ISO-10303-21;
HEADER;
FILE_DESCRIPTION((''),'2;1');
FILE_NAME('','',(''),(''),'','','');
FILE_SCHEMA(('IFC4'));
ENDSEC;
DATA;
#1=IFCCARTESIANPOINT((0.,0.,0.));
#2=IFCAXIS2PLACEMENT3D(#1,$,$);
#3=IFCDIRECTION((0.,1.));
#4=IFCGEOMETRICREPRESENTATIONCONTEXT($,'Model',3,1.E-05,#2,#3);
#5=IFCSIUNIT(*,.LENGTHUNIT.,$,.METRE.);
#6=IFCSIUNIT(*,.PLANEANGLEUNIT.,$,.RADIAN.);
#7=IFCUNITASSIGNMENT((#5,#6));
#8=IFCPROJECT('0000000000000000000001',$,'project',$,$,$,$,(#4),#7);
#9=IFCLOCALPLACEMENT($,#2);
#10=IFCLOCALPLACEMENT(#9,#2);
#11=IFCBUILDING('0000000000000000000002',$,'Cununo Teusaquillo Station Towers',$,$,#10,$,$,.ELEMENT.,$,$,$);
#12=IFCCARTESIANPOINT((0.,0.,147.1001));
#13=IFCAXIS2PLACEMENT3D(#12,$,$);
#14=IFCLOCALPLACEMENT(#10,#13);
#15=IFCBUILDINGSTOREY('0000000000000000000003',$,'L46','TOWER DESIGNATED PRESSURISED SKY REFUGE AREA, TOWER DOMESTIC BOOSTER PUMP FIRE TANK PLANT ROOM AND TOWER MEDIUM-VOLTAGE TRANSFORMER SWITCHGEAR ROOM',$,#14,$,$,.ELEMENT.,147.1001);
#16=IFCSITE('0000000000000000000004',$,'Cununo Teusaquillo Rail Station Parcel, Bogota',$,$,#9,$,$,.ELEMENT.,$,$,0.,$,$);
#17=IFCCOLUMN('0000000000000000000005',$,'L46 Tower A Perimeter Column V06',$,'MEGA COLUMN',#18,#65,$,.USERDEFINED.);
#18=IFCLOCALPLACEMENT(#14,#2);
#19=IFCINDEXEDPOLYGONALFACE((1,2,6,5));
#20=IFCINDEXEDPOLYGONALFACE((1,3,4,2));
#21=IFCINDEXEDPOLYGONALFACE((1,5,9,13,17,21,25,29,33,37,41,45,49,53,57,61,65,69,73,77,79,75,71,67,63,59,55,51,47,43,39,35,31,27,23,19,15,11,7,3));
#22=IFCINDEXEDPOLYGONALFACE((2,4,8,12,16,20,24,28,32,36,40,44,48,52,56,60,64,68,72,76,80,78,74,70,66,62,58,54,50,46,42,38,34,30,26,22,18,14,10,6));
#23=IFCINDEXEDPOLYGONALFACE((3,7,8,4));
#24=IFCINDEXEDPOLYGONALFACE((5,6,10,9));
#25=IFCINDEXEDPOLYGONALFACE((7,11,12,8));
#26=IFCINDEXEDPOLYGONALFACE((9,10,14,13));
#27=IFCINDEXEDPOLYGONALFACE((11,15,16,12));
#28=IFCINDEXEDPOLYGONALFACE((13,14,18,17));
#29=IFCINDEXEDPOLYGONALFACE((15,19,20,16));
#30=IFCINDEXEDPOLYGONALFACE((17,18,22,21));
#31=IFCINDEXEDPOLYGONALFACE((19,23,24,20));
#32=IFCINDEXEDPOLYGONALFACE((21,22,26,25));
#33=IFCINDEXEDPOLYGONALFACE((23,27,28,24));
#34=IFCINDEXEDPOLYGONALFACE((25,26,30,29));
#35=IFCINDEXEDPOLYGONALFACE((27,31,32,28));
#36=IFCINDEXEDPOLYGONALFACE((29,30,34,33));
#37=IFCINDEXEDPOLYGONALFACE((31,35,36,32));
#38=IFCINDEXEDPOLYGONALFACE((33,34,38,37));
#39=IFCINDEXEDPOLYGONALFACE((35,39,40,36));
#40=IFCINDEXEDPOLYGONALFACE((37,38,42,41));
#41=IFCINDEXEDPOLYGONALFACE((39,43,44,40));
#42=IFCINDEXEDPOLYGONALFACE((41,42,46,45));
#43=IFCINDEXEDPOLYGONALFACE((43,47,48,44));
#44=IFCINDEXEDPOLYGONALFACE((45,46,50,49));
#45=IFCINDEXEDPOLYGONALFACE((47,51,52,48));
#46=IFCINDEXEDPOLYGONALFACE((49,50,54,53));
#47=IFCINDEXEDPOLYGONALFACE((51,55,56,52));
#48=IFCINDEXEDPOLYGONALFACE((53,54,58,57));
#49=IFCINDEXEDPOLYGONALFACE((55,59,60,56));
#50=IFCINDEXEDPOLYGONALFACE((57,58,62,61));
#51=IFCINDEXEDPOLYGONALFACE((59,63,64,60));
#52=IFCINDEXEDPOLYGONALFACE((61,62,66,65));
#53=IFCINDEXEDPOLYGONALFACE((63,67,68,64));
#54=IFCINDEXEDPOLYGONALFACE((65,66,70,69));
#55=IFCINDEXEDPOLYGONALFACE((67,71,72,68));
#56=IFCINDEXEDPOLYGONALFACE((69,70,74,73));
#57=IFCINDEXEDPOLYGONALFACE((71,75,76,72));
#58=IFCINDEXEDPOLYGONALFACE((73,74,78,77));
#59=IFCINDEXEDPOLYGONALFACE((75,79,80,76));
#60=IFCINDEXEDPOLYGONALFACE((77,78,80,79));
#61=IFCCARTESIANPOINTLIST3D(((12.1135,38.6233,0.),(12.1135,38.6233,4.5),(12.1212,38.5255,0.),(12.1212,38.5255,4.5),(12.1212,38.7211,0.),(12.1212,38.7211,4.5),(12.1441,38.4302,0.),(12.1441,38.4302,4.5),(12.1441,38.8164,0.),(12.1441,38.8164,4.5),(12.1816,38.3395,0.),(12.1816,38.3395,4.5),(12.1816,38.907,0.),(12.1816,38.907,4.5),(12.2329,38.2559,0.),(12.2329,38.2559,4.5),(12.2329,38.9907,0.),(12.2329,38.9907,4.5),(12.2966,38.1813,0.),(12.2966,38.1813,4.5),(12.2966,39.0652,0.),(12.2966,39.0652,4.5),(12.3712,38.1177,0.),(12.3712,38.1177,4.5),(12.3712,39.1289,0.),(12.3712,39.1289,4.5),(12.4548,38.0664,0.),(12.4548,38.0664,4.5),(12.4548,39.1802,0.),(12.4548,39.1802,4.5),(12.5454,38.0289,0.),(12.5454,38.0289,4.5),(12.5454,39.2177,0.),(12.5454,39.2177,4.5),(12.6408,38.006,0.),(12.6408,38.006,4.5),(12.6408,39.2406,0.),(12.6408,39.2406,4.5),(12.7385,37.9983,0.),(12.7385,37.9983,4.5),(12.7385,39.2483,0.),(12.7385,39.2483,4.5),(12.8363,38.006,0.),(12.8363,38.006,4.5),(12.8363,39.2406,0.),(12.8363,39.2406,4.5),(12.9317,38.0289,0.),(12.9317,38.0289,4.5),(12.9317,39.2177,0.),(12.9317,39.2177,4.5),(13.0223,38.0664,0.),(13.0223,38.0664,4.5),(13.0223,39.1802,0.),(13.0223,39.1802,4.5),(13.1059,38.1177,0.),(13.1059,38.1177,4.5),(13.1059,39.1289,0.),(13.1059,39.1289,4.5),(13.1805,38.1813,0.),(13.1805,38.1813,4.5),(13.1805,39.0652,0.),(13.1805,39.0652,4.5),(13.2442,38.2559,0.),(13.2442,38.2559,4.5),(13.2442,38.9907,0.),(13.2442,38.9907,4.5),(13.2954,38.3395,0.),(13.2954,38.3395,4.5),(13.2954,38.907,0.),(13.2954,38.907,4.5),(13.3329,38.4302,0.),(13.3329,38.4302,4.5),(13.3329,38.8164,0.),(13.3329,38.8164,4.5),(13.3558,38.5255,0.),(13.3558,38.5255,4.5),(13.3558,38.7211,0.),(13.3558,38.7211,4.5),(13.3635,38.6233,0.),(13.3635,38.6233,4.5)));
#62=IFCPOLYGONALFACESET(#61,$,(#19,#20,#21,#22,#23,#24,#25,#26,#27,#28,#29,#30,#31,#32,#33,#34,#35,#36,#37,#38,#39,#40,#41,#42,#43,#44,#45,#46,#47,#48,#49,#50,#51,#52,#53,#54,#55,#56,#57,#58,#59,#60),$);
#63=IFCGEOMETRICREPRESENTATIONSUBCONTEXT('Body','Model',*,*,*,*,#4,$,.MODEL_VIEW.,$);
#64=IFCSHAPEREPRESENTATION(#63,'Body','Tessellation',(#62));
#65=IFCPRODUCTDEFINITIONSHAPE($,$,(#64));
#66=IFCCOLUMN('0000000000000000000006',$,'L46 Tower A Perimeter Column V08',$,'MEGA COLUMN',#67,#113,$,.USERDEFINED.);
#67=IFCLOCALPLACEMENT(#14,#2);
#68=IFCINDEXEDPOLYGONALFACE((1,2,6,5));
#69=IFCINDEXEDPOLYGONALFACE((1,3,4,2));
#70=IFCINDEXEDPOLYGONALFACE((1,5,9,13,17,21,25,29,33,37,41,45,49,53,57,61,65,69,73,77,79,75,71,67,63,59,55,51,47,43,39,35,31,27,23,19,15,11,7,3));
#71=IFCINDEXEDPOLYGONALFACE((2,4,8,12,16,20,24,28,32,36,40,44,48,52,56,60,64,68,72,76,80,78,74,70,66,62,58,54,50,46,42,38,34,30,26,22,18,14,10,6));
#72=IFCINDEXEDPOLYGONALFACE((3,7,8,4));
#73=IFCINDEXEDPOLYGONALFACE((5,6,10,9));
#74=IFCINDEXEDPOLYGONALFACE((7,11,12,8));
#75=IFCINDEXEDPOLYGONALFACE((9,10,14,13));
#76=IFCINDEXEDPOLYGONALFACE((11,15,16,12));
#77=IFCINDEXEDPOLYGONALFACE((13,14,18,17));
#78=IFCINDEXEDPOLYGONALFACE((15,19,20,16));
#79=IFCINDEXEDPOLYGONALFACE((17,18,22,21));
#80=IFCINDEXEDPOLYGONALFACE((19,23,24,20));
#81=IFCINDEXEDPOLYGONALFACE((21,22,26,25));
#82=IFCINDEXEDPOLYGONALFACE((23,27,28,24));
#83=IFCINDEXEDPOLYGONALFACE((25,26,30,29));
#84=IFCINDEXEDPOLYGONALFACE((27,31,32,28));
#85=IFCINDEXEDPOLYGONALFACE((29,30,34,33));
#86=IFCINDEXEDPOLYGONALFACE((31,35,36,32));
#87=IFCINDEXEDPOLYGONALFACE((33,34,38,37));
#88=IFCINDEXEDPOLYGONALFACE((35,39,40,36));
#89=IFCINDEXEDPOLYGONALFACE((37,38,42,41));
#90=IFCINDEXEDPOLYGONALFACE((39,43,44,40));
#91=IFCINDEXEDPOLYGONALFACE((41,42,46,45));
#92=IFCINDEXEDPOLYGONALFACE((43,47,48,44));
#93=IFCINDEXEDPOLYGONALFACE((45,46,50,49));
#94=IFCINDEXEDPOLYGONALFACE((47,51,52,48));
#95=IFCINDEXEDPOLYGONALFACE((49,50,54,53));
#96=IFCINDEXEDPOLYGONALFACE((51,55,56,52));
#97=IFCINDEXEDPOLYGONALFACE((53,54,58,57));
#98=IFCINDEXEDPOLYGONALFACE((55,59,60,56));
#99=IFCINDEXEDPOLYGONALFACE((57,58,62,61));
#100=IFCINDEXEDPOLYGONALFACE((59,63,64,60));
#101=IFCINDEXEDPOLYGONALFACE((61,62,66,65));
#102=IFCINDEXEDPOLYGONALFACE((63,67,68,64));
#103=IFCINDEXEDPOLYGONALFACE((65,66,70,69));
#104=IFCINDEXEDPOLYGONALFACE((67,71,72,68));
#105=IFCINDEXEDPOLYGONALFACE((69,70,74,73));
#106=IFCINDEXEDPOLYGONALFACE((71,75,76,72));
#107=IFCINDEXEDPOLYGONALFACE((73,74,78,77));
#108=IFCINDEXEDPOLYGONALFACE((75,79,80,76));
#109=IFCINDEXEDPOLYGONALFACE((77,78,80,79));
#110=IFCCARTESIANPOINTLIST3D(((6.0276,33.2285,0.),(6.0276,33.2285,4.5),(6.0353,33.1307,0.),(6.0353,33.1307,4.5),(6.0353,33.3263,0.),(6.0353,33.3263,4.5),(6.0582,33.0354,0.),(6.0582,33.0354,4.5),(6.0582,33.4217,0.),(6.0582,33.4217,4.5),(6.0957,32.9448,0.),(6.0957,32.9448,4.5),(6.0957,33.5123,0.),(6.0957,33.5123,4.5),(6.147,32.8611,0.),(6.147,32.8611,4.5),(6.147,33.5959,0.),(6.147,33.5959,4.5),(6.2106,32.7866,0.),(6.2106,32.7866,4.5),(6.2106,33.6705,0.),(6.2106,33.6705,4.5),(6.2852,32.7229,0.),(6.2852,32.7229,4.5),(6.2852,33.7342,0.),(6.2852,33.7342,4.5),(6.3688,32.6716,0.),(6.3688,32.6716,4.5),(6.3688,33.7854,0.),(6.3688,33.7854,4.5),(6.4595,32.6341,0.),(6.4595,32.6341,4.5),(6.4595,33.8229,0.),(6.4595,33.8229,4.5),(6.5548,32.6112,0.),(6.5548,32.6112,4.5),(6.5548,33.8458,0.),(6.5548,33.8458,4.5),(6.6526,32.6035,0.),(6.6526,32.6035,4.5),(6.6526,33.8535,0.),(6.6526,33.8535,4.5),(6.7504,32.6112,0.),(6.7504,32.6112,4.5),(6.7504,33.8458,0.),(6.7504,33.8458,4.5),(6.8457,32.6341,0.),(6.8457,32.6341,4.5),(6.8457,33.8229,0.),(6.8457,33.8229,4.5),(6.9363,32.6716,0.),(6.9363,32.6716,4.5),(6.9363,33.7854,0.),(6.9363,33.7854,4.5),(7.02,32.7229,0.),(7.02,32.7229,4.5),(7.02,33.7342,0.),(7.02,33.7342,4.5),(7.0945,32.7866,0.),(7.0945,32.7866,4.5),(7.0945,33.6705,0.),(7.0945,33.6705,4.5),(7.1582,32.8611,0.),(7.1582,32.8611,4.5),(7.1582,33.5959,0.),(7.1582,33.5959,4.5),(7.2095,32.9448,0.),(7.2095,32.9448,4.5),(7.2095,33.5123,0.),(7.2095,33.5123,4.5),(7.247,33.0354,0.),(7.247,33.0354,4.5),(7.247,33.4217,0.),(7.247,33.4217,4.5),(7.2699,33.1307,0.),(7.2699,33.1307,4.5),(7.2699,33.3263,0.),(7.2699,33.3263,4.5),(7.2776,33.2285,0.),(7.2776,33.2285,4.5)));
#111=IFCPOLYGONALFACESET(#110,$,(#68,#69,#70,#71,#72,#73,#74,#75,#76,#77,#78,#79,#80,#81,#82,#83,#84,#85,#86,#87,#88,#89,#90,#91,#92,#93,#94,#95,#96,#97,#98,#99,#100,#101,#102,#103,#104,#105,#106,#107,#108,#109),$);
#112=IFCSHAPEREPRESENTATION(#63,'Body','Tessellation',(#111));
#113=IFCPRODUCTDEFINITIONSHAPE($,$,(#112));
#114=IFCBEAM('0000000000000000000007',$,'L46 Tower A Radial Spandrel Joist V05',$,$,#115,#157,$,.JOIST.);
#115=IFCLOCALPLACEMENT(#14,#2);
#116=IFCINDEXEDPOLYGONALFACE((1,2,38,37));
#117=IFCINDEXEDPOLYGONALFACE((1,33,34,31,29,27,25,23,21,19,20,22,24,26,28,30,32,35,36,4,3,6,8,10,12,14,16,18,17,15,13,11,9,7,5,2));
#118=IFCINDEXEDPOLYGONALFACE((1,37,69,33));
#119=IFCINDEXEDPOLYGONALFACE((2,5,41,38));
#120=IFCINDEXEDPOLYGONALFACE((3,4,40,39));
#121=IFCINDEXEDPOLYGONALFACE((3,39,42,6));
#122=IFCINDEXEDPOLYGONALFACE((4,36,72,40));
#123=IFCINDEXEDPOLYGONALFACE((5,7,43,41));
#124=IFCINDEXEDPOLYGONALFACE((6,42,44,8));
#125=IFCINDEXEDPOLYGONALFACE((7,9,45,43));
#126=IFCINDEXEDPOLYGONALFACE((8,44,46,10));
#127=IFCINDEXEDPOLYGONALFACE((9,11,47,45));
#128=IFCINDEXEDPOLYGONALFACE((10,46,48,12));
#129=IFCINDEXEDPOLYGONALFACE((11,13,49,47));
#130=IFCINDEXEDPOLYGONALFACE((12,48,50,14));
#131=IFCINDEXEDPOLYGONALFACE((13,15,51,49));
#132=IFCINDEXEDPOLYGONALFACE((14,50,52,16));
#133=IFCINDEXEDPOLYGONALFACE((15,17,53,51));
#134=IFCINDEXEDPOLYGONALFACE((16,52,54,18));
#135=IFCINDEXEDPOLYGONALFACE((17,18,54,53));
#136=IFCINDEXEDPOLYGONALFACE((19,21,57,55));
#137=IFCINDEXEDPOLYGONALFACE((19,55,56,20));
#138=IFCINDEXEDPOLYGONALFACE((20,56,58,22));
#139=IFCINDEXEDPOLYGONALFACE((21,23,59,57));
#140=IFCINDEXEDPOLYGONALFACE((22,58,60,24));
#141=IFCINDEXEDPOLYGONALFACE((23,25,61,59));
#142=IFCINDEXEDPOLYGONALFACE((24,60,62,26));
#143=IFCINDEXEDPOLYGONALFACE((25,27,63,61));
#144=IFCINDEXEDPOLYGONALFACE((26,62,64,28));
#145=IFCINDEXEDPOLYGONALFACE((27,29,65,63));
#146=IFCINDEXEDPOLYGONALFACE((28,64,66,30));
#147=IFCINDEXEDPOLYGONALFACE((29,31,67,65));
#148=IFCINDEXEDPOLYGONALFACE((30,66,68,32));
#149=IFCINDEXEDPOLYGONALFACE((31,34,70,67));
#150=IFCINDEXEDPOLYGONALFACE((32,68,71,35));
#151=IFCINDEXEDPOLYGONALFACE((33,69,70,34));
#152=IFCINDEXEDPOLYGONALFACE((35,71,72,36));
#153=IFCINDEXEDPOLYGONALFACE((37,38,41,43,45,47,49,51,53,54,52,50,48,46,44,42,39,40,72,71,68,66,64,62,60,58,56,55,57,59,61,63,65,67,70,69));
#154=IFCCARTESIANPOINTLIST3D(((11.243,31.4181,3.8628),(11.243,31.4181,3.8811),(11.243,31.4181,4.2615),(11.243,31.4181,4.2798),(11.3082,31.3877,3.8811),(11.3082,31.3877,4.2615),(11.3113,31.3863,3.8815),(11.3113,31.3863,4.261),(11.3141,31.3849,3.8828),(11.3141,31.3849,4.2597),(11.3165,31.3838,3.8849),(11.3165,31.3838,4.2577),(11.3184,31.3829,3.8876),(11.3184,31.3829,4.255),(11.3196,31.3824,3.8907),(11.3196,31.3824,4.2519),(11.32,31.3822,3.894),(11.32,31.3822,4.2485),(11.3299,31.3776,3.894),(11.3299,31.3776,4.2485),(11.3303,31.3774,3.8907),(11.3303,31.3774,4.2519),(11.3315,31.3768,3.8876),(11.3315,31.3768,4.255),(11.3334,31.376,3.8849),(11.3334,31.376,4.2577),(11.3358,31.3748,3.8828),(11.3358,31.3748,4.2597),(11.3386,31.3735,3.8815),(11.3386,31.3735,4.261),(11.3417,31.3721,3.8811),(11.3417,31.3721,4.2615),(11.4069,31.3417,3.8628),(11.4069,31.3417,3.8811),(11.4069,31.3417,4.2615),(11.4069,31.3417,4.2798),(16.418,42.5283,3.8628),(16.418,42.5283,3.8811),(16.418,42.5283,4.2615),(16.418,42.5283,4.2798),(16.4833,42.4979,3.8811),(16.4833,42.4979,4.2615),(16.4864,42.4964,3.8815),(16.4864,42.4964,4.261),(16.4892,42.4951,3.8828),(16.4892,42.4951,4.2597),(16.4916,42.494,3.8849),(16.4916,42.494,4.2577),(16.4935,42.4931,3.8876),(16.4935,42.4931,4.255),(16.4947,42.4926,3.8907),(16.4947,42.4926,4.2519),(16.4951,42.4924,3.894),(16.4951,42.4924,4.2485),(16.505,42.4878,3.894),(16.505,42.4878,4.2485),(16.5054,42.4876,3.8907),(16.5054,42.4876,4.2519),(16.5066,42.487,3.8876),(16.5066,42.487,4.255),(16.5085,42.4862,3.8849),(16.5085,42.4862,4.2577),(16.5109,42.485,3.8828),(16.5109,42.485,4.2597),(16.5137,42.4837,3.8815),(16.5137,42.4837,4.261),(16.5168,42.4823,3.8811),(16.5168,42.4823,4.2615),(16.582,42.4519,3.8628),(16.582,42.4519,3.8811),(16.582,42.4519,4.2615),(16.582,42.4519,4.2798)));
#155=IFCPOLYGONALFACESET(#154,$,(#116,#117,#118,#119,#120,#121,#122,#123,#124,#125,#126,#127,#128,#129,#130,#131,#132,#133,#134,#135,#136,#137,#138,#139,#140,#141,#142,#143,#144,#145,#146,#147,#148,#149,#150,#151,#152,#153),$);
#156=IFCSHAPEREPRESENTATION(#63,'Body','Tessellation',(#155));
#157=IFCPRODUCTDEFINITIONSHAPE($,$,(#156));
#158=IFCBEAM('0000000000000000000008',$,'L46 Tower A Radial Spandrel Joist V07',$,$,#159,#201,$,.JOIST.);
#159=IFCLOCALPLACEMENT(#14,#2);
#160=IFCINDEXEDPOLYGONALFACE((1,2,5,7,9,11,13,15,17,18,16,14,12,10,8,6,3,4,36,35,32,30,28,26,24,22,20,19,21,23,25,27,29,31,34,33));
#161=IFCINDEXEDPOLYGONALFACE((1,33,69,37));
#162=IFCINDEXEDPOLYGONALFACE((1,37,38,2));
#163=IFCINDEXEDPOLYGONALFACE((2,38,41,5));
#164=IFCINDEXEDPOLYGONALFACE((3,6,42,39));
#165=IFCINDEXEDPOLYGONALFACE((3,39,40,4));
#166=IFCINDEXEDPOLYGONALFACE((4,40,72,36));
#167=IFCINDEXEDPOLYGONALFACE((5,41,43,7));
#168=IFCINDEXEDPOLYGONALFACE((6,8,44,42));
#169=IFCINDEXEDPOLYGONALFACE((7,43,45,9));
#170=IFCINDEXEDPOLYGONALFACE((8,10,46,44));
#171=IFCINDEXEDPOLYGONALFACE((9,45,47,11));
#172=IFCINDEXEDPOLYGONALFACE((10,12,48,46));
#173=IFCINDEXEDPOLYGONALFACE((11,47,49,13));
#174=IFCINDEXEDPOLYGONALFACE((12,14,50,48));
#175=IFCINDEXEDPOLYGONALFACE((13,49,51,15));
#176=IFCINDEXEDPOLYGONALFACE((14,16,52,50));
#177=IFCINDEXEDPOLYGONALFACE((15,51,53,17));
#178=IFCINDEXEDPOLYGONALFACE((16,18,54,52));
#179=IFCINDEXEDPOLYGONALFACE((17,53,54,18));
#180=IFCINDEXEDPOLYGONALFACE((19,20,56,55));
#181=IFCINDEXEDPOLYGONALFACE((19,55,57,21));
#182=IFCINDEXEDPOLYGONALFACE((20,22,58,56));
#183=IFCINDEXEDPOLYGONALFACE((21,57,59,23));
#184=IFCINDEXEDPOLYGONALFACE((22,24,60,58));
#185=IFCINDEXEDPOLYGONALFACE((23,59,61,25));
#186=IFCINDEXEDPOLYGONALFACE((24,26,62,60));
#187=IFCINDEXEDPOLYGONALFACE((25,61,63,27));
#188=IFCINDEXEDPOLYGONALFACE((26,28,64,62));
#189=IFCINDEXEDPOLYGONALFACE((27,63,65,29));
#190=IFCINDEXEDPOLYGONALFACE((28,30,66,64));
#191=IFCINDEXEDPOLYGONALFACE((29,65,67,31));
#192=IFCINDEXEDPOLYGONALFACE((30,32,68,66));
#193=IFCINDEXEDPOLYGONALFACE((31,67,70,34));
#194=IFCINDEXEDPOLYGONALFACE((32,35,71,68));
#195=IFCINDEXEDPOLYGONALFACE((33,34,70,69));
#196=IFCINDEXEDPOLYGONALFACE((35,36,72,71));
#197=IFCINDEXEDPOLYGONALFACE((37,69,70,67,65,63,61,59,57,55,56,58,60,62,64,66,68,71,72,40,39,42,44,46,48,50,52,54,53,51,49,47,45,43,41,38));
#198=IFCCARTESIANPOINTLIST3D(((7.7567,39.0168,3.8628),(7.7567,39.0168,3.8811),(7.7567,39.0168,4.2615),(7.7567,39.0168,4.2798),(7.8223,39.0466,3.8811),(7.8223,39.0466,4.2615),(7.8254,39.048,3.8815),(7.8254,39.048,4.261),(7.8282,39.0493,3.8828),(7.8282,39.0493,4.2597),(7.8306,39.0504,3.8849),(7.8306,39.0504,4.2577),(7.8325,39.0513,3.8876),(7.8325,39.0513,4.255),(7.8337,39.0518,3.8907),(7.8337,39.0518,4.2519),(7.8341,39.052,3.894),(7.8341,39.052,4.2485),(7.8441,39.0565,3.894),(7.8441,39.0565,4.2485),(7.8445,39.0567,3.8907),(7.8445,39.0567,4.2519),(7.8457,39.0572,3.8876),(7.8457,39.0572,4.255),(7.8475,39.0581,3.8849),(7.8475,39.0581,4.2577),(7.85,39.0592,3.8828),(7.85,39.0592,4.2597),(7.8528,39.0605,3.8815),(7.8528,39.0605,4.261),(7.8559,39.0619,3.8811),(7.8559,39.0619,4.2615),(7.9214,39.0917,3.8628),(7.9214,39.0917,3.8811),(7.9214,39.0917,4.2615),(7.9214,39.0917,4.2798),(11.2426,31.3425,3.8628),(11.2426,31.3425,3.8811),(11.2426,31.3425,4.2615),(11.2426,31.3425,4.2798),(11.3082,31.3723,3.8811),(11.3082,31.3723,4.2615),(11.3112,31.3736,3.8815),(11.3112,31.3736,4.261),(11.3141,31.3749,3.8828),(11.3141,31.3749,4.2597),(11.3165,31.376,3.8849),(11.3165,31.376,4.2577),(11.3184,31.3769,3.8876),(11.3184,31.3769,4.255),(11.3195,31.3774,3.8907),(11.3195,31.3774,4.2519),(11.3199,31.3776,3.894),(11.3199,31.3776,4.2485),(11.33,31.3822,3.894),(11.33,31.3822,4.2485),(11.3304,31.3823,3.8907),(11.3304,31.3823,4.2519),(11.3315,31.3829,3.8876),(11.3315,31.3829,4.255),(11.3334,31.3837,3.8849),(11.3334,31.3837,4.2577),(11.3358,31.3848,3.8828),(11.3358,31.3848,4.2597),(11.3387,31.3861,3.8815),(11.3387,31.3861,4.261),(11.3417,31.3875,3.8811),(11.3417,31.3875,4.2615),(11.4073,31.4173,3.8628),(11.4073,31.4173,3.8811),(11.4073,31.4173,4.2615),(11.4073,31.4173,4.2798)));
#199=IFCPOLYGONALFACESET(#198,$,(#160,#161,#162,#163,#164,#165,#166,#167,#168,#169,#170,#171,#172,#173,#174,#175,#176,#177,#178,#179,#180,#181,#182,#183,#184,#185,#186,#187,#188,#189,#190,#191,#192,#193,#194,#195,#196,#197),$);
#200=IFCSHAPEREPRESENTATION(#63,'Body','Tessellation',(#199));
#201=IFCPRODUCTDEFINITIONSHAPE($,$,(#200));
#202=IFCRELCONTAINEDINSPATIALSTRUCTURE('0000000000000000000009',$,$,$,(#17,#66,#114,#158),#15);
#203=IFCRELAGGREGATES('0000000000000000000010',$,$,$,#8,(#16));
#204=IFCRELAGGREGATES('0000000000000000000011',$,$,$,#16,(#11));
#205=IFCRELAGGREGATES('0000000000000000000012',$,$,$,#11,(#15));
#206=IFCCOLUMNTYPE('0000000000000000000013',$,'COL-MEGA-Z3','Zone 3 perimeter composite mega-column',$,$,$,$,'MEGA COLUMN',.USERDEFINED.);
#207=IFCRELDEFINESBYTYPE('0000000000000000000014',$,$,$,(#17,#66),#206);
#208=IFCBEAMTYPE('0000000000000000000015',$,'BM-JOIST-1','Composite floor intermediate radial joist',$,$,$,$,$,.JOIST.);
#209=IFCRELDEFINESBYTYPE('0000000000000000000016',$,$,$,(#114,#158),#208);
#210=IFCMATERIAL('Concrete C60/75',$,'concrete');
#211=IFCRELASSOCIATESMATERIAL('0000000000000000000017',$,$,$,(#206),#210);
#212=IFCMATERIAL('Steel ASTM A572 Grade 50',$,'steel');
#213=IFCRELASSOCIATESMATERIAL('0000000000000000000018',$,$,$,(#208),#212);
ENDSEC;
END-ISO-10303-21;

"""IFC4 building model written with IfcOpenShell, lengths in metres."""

from ifc_helpers import new_model, si_unit, direction, frame, origin, origin_2d, place, context, subcontext, project, spatial, circle, i_section, extrude, material, material_profile, profile_set, type_object, element, save


model = new_model("IFC4")

# Units and contexts
model_context = context("Model", 3, precision=1e-05, world=origin(), true_north=direction((0.0, 1.0)))
body_context = subcontext(model_context, "Body", "Model", "MODEL_VIEW")
ifc_project = project(units=[si_unit("LENGTHUNIT", "METRE"), si_unit("PLANEANGLEUNIT", "RADIAN")], contexts=[model_context])

# Site, building, storey
site_placement = place(None, origin())
site = spatial("IfcSite", under=ifc_project, at=site_placement, Name="Cununo Teusaquillo Rail Station Parcel, Bogota", CompositionType="ELEMENT", RefElevation=0.0)
building_placement = place(site_placement, origin())
building = spatial("IfcBuilding", under=site, at=building_placement, Name="Cununo Teusaquillo Station Towers", CompositionType="ELEMENT")
storey_placement = place(building_placement, frame((0.0, 0.0, 147.1001)))
storey = spatial("IfcBuildingStorey", under=building, at=storey_placement, Name="L46", Description="TOWER DESIGNATED PRESSURISED SKY REFUGE AREA, TOWER DOMESTIC BOOSTER PUMP FIRE TANK PLANT ROOM AND TOWER MEDIUM-VOLTAGE TRANSFORMER SWITCHGEAR ROOM", CompositionType="ELEMENT", Elevation=147.1001)

# Columns
ifc_material_1 = material(Name="Concrete C60/75", Category="concrete")
ifc_material_profile_1 = material_profile(ifc_material_1, circle(Radius=0.625, at=origin_2d()), Name="RC-CIRC-1250")
ifc_profile_set_1 = profile_set([ifc_material_profile_1], Name="Concrete C60/75")
column_type = type_object("IfcColumnType", Name="COL-MEGA-Z3", Description="Zone 3 perimeter composite mega-column", ElementType="MEGA COLUMN", PredefinedType="USERDEFINED", material=ifc_profile_set_1)
for number, where, z_axis, x_axis, name in (
    (1, (12.7385, 38.6233, 0.0), (0.0, 0.0, 1.0), (1.0, 0.0, 0.0), "L46 Tower A Perimeter Column V06"),
    (2, (6.6526, 33.2285, 0.0), (0.0, 0.0, 1.0), (1.0, 0.0, 0.0), "L46 Tower A Perimeter Column V08"),
):
    element("IfcColumn", number, at=place(storey_placement, frame(where, z_axis=z_axis, x_axis=x_axis)), inside=storey, type_object=column_type, Name=name, ObjectType="MEGA COLUMN", PredefinedType="USERDEFINED", context=body_context, shape_type="SweptSolid", body=[
        extrude(circle(Radius=0.625, at=origin_2d()), origin(), (0.0, 0.0, 1.0), 4.5),
    ])

# Beams
ifc_material_2 = material(Name="Steel ASTM A572 Grade 50", Category="steel")
ifc_material_profile_2 = material_profile(ifc_material_2, i_section(OverallWidth=0.1809, OverallDepth=0.417, WebThickness=0.011, FlangeThickness=0.0183, FilletRadius=0.0129, at=origin_2d()), Name="W16X57")
ifc_profile_set_2 = profile_set([ifc_material_profile_2], Name="Steel ASTM A572 Grade 50")
beam_type_1 = type_object("IfcBeamType", Name="BM-JOIST-1", Description="Composite floor intermediate radial joist", PredefinedType="JOIST", material=ifc_profile_set_2)
beam_1_placement = place(storey_placement, frame((11.325, 31.3799, 4.0713), z_axis=(0.422238, 0.906485, 0.0), x_axis=(-0.906485, 0.422238, 0.0)))
element("IfcBeam", 3, at=beam_1_placement, inside=storey, type_object=beam_type_1, Name="L46 Tower A Radial Spandrel Joist V05", PredefinedType="JOIST", context=body_context, shape_type="SweptSolid", body=[
    extrude(i_section(OverallWidth=0.1809, OverallDepth=0.417, WebThickness=0.011, FlangeThickness=0.0183, FilletRadius=0.0129, at=origin_2d()), origin(), (0.0, 0.0, 1.0), 12.2563),
])
beam_2_placement = place(storey_placement, frame((11.325, 31.3799, 4.0713), z_axis=(-0.413559, 0.910478, 0.0), x_axis=(-0.910478, -0.413559, 0.0)))
element("IfcBeam", 4, at=beam_2_placement, inside=storey, type_object=beam_type_1, Name="L46 Tower A Radial Spandrel Joist V07", PredefinedType="JOIST", context=body_context, shape_type="SweptSolid", body=[
    extrude(i_section(OverallWidth=0.1809, OverallDepth=0.417, WebThickness=0.011, FlangeThickness=0.0183, FilletRadius=0.0129, at=origin_2d()), origin(), (0.0, 0.0, 1.0), 8.429),
])

save(model, "model.ifc")
